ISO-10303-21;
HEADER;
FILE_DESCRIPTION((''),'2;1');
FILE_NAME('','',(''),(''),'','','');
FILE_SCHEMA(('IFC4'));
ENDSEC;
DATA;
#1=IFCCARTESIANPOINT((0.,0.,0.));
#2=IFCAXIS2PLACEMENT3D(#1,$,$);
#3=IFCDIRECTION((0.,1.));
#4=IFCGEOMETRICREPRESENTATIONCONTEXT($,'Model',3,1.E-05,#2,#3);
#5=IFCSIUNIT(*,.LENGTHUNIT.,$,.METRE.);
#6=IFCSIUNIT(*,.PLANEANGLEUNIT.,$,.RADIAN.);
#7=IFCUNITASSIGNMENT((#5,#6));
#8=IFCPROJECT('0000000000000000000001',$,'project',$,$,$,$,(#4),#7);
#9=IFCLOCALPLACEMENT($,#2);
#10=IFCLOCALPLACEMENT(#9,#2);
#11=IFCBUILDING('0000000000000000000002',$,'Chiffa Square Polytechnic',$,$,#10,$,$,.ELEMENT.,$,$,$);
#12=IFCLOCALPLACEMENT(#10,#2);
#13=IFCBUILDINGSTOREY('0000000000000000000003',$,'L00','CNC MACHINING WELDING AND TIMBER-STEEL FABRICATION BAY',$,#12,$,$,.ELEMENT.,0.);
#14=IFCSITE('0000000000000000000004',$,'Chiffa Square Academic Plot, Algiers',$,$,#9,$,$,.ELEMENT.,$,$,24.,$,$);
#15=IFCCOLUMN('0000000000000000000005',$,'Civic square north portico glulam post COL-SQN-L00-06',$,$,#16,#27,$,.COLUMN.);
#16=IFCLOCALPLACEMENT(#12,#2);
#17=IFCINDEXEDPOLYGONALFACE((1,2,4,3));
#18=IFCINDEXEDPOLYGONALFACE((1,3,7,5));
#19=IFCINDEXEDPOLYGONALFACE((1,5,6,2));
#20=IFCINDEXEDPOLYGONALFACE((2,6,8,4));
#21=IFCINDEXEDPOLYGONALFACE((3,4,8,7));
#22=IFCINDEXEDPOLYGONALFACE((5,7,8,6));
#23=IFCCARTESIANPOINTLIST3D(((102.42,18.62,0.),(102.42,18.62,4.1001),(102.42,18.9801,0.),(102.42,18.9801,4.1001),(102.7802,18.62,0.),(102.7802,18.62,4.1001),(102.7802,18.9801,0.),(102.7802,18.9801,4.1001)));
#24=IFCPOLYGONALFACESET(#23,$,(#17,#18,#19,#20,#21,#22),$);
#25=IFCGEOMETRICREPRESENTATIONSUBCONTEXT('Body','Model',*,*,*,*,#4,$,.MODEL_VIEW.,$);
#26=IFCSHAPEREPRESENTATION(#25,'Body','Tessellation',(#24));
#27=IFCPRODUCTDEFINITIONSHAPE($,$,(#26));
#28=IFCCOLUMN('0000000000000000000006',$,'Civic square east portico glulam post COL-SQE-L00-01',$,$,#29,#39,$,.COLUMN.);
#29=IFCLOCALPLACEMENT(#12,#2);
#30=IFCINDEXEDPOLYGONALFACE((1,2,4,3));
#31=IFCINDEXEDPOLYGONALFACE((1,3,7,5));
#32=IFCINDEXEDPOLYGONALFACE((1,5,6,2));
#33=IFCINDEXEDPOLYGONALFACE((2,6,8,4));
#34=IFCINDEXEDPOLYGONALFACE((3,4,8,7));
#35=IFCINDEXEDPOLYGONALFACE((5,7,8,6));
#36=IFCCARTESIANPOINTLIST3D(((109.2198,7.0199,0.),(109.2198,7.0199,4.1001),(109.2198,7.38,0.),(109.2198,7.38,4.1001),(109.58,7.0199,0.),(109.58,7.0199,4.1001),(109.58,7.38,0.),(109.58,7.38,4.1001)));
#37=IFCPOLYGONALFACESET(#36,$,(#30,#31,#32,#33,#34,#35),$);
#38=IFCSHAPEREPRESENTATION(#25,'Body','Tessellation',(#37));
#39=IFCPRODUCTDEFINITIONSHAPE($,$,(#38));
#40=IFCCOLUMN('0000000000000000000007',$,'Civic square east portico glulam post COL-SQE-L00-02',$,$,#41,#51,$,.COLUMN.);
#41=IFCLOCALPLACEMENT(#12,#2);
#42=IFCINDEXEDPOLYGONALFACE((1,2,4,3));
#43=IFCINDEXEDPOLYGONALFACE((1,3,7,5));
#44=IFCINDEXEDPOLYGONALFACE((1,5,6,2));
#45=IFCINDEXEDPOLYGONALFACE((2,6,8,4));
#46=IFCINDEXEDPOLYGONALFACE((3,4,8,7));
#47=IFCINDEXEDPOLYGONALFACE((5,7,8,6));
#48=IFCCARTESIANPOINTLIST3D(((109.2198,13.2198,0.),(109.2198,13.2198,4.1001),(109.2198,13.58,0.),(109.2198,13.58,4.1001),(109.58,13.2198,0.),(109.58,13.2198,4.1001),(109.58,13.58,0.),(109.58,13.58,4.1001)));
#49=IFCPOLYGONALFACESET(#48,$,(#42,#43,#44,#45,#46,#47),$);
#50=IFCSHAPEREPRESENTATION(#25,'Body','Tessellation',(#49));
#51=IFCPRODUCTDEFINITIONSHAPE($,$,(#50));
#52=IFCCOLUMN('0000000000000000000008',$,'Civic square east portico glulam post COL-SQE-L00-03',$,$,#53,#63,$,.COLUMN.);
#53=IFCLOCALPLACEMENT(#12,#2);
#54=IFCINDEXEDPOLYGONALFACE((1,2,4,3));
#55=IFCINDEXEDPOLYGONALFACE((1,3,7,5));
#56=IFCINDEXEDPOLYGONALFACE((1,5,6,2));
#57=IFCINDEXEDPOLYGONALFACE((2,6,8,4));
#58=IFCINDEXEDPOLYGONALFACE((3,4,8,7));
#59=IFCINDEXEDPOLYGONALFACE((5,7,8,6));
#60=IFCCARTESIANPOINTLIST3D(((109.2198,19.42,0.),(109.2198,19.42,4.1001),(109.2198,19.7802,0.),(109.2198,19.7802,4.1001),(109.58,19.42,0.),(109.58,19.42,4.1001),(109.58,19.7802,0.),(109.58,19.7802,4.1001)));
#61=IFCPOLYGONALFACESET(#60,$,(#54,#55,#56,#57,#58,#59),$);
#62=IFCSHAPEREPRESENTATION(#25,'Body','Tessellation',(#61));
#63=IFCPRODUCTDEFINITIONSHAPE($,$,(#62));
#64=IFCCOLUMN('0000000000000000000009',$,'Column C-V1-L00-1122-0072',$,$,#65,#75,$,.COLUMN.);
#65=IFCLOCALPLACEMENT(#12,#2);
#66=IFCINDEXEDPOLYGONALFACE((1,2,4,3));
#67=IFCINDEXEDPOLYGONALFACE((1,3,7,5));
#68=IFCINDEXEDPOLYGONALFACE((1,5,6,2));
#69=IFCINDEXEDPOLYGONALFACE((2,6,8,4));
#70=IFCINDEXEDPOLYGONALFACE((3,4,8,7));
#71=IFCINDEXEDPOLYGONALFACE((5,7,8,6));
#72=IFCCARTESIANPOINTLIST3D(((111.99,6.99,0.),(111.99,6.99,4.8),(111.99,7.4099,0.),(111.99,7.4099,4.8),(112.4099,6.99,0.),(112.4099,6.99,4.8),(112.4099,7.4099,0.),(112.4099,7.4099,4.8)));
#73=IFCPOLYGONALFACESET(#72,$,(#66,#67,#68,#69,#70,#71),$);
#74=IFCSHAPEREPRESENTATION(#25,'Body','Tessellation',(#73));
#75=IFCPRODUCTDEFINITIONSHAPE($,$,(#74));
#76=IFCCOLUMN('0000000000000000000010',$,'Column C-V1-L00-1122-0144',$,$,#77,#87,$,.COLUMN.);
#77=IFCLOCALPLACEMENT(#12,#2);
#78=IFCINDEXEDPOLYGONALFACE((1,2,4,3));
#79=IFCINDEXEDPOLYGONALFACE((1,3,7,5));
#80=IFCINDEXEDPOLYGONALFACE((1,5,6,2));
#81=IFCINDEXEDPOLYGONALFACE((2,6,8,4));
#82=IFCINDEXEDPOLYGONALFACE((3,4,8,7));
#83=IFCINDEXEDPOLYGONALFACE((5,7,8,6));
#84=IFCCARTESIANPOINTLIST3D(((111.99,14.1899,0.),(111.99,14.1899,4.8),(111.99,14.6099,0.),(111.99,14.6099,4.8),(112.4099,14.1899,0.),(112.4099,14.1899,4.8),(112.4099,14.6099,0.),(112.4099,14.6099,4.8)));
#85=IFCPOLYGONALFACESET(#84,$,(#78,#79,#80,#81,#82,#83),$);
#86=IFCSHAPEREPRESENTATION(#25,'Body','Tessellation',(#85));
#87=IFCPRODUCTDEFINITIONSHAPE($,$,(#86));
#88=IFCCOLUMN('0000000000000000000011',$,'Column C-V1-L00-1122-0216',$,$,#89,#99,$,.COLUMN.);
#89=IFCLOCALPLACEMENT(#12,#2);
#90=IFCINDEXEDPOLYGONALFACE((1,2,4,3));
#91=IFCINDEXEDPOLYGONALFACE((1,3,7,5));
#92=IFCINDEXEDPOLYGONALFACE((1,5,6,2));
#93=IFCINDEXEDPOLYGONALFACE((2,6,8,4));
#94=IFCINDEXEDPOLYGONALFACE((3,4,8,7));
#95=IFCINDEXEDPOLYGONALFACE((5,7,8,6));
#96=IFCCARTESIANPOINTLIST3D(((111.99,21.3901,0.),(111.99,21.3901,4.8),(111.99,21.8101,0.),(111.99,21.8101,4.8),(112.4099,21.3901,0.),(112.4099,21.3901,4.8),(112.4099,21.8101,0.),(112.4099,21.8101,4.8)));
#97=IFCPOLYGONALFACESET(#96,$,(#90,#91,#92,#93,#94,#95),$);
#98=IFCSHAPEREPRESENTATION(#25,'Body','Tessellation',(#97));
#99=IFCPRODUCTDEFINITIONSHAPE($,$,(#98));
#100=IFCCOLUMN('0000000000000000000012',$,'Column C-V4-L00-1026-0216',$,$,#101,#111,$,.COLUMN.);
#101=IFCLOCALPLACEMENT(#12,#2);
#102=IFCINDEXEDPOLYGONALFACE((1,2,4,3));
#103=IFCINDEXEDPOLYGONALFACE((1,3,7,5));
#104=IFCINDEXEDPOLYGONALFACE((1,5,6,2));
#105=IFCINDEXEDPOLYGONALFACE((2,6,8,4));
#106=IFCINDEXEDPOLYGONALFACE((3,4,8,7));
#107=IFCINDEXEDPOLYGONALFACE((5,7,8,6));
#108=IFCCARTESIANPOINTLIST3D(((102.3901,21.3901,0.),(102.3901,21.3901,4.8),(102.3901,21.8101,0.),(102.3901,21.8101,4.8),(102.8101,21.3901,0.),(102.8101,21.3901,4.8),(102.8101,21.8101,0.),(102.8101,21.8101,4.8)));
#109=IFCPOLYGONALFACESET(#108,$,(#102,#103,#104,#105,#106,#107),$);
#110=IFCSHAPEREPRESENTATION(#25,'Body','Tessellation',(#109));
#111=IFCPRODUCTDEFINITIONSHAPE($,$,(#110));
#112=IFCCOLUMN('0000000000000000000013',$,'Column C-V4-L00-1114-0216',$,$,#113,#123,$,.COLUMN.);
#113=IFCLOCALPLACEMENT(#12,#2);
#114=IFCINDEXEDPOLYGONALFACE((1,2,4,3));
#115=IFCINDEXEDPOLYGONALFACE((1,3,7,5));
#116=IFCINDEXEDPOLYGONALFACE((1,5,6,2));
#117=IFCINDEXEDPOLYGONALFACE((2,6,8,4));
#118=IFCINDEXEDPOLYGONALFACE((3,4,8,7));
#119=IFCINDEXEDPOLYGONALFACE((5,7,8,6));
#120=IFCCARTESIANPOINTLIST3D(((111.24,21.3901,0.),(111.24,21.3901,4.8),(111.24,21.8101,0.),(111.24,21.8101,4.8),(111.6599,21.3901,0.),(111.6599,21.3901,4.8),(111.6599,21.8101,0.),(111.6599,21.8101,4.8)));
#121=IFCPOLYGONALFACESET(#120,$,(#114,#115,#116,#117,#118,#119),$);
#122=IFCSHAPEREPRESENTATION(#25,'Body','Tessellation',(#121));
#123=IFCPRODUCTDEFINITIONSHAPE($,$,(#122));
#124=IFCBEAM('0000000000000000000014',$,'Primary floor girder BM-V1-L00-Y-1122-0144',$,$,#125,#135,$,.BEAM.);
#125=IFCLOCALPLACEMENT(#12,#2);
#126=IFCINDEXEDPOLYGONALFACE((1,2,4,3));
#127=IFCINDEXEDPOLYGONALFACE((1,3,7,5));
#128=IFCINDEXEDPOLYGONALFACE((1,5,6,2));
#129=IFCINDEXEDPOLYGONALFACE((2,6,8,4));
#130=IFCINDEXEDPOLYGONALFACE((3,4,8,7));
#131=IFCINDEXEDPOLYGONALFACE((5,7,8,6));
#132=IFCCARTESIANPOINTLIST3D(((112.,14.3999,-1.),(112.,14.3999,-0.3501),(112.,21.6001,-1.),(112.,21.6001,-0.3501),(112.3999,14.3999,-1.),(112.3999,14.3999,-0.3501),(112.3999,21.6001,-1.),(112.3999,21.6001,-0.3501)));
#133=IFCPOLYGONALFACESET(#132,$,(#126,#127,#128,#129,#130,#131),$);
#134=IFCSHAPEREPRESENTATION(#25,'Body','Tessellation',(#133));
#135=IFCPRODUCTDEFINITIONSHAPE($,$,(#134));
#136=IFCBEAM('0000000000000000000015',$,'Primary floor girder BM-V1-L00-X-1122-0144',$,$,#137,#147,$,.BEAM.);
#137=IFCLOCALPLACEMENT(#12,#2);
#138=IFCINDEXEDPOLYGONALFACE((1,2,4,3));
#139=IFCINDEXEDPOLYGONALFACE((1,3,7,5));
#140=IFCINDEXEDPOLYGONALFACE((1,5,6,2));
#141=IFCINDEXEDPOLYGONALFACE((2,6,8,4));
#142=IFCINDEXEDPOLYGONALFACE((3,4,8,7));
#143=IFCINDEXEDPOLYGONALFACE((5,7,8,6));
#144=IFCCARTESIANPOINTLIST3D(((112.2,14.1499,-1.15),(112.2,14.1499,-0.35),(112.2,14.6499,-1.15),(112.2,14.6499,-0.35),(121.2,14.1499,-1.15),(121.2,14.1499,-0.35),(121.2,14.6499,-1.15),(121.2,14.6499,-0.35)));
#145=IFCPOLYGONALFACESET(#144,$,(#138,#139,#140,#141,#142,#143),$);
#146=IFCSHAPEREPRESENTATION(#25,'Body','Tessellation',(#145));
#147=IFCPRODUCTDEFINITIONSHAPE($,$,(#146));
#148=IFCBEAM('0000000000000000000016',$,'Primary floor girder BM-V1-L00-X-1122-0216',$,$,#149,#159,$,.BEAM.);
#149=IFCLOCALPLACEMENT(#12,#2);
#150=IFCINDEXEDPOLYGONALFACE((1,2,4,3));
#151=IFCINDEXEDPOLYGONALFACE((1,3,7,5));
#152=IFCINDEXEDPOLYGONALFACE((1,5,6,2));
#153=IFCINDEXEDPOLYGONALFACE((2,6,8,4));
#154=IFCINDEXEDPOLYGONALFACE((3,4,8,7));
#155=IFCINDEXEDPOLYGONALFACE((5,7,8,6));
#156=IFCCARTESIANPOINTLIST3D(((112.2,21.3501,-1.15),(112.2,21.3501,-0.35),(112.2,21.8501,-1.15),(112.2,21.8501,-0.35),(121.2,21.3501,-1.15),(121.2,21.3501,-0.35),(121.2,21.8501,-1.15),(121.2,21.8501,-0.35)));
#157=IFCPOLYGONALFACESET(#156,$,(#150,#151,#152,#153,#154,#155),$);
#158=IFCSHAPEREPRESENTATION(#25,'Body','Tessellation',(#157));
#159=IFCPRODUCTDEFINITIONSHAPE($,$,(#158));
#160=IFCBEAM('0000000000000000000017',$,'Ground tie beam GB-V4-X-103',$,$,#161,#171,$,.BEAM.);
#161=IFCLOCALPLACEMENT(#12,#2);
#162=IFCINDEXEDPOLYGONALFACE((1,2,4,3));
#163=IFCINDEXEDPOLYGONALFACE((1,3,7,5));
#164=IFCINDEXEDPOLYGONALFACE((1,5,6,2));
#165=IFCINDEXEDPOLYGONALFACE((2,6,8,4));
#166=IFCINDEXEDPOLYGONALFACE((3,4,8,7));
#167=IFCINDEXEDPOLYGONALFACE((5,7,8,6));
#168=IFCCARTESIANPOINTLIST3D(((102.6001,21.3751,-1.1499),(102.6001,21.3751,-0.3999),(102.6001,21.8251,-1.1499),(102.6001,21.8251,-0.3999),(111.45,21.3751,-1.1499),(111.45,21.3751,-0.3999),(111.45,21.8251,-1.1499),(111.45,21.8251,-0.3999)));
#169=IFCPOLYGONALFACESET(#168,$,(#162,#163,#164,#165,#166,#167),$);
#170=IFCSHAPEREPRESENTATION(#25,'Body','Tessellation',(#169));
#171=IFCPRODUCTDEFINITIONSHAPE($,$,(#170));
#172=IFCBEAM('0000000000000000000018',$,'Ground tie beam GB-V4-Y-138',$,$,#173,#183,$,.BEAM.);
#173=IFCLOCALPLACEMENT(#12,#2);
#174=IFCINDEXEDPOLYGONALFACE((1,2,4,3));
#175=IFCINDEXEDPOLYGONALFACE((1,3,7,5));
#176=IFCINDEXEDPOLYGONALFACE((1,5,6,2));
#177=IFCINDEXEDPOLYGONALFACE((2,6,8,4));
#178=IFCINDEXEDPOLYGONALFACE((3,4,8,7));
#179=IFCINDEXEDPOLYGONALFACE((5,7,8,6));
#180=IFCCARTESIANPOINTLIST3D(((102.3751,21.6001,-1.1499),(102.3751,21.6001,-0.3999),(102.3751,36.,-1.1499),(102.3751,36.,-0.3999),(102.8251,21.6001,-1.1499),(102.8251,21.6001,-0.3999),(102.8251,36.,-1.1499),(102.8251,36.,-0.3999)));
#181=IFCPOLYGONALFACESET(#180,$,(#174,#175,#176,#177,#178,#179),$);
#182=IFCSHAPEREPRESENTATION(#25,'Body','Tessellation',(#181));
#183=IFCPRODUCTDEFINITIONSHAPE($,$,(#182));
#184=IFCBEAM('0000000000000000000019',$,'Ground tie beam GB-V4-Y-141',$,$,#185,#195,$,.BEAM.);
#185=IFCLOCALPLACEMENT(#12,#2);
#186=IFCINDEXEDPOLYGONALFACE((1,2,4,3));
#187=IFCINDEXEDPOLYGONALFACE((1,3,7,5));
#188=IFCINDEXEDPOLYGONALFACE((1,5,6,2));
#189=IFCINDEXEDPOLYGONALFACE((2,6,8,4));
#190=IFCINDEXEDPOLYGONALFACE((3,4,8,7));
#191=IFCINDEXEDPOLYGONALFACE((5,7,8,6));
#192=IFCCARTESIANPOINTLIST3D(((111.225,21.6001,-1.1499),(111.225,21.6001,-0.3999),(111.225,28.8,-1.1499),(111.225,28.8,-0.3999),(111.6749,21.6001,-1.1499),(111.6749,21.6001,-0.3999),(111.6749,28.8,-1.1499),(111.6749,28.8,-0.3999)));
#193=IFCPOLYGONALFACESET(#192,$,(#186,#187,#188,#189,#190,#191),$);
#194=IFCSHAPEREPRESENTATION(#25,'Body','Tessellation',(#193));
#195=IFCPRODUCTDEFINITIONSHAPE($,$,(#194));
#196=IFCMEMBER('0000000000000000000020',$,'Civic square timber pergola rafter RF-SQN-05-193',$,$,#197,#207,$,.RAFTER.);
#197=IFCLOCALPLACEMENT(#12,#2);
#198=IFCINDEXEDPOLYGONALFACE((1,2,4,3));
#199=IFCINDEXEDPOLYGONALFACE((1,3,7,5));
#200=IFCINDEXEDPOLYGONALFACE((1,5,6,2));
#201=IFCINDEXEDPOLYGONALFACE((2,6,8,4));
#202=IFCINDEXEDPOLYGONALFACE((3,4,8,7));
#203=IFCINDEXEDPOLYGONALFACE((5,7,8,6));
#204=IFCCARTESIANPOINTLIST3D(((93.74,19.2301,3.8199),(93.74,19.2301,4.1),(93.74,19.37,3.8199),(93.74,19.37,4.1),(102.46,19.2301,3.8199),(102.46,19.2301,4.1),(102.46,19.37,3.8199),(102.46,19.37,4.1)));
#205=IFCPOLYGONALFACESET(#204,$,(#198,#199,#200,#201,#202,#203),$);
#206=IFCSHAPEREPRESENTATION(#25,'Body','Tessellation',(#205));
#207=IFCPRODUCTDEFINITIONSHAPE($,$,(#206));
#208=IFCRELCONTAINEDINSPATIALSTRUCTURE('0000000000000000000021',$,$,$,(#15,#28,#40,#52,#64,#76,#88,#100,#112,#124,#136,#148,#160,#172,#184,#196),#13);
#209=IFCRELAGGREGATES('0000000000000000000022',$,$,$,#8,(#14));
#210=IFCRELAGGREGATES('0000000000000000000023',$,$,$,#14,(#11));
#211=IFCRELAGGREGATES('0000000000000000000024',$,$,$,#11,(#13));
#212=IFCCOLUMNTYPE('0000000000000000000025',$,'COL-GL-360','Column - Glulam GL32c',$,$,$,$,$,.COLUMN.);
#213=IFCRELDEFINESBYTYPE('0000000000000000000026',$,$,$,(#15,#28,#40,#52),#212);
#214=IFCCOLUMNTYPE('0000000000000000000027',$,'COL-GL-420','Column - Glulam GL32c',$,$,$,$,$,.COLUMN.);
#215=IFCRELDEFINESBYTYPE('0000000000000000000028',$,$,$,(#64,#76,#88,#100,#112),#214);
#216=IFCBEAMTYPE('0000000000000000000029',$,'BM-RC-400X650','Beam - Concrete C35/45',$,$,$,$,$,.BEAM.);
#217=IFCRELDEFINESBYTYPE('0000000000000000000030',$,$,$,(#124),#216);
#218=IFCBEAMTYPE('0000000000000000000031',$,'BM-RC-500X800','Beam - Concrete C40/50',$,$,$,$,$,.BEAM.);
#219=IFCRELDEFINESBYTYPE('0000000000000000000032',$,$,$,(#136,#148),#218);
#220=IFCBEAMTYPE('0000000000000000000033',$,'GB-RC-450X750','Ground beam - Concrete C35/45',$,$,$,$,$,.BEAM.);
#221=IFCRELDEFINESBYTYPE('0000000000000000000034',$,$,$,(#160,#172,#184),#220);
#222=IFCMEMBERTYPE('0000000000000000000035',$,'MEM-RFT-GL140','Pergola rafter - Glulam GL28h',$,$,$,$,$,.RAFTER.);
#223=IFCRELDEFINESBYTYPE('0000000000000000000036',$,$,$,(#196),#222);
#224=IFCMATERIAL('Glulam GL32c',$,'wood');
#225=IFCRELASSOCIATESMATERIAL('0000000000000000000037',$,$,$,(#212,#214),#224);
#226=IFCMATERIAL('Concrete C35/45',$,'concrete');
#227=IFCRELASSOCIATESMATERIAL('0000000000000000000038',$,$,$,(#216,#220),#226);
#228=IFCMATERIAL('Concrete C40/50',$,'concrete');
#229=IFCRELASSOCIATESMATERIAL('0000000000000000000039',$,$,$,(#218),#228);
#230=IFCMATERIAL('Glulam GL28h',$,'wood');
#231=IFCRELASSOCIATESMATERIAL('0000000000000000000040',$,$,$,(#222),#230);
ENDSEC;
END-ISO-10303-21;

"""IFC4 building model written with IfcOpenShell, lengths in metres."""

from ifc_helpers import new_model, si_unit, direction, frame, origin, origin_2d, place, context, subcontext, project, spatial, rectangle, extrude, material, material_profile, profile_set, type_object, element, save


model = new_model("IFC4")

# Units and contexts
model_context = context("Model", 3, precision=1e-05, world=origin(), true_north=direction((0.0, 1.0)))
body_context = subcontext(model_context, "Body", "Model", "MODEL_VIEW")
ifc_project = project(units=[si_unit("LENGTHUNIT", "METRE"), si_unit("PLANEANGLEUNIT", "RADIAN")], contexts=[model_context])

# Site, building, storey
site_placement = place(None, origin())
site = spatial("IfcSite", under=ifc_project, at=site_placement, Name="Chiffa Square Academic Plot, Algiers", CompositionType="ELEMENT", RefElevation=24.0)
building_placement = place(site_placement, origin())
building = spatial("IfcBuilding", under=site, at=building_placement, Name="Chiffa Square Polytechnic", CompositionType="ELEMENT")
storey_placement = place(building_placement, origin())
storey = spatial("IfcBuildingStorey", under=building, at=storey_placement, Name="L00", Description="CNC MACHINING WELDING AND TIMBER-STEEL FABRICATION BAY", CompositionType="ELEMENT", Elevation=0.0)

# Columns
ifc_material_1 = material(Name="Glulam GL32c", Category="wood")
ifc_material_profile_1 = material_profile(ifc_material_1, rectangle(XDim=0.3601, YDim=0.3601, at=origin_2d()), Name="GL32c 360x360")
ifc_profile_set_1 = profile_set([ifc_material_profile_1], Name="Glulam GL32c")
column_type_1 = type_object("IfcColumnType", Name="COL-GL-360", Description="Column - Glulam GL32c", PredefinedType="COLUMN", material=ifc_profile_set_1)
for number, where, z_axis, x_axis, name in (
    (1, (102.6001, 18.8, 0.0), (0.0, 0.0, 1.0), (1.0, 0.0, 0.0), "Civic square north portico glulam post COL-SQN-L00-06"),
    (2, (109.3999, 7.2, 0.0), (0.0, 0.0, 1.0), (1.0, 0.0, 0.0), "Civic square east portico glulam post COL-SQE-L00-01"),
    (3, (109.3999, 13.3999, 0.0), (0.0, 0.0, 1.0), (1.0, 0.0, 0.0), "Civic square east portico glulam post COL-SQE-L00-02"),
    (4, (109.3999, 19.6001, 0.0), (0.0, 0.0, 1.0), (1.0, 0.0, 0.0), "Civic square east portico glulam post COL-SQE-L00-03"),
):
    element("IfcColumn", number, at=place(storey_placement, frame(where, z_axis=z_axis, x_axis=x_axis)), inside=storey, type_object=column_type_1, Name=name, PredefinedType="COLUMN", context=body_context, shape_type="SweptSolid", body=[
        extrude(rectangle(XDim=0.3601, YDim=0.3601, at=origin_2d()), origin(), (0.0, 0.0, 1.0), 4.1001),
    ])
ifc_material_profile_2 = material_profile(ifc_material_1, rectangle(XDim=0.4199, YDim=0.4199, at=origin_2d()), Name="GL32c 420x420")
ifc_profile_set_2 = profile_set([ifc_material_profile_2], Name="Glulam GL32c")
column_type_2 = type_object("IfcColumnType", Name="COL-GL-420", Description="Column - Glulam GL32c", PredefinedType="COLUMN", material=ifc_profile_set_2)
for number, where, z_axis, x_axis, name in (
    (5, (112.2, 7.2, 0.0), (0.0, 0.0, 1.0), (1.0, 0.0, 0.0), "Column C-V1-L00-1122-0072"),
    (6, (112.2, 14.3999, 0.0), (0.0, 0.0, 1.0), (1.0, 0.0, 0.0), "Column C-V1-L00-1122-0144"),
    (7, (112.2, 21.6001, 0.0), (0.0, 0.0, 1.0), (1.0, 0.0, 0.0), "Column C-V1-L00-1122-0216"),
    (8, (102.6001, 21.6001, 0.0), (0.0, 0.0, 1.0), (1.0, 0.0, 0.0), "Column C-V4-L00-1026-0216"),
    (9, (111.45, 21.6001, 0.0), (0.0, 0.0, 1.0), (1.0, 0.0, 0.0), "Column C-V4-L00-1114-0216"),
):
    element("IfcColumn", number, at=place(storey_placement, frame(where, z_axis=z_axis, x_axis=x_axis)), inside=storey, type_object=column_type_2, Name=name, PredefinedType="COLUMN", context=body_context, shape_type="SweptSolid", body=[
        extrude(rectangle(XDim=0.4199, YDim=0.4199, at=origin_2d()), origin(), (0.0, 0.0, 1.0), 4.8),
    ])

# Beams
ifc_material_2 = material(Name="Concrete C35/45", Category="concrete")
ifc_material_profile_3 = material_profile(ifc_material_2, rectangle(XDim=0.3999, YDim=0.6499, at=origin_2d()), Name="RC 400x650")
ifc_profile_set_3 = profile_set([ifc_material_profile_3], Name="Concrete C35/45")
beam_type_1 = type_object("IfcBeamType", Name="BM-RC-400X650", Description="Beam - Concrete C35/45", PredefinedType="BEAM", material=ifc_profile_set_3)
beam_1_placement = place(storey_placement, frame((112.2, 14.3999, -0.675), z_axis=(0.0, 1.0, 0.0), x_axis=(-1.0, 0.0, 0.0)))
element("IfcBeam", 10, at=beam_1_placement, inside=storey, type_object=beam_type_1, Name="Primary floor girder BM-V1-L00-Y-1122-0144", PredefinedType="BEAM", context=body_context, shape_type="SweptSolid", body=[
    extrude(rectangle(XDim=0.3999, YDim=0.6499, at=origin_2d()), origin(), (0.0, 0.0, 1.0), 7.2002),
])
ifc_material_3 = material(Name="Concrete C40/50", Category="concrete")
ifc_material_profile_4 = material_profile(ifc_material_3, rectangle(XDim=0.5, YDim=0.8, at=origin_2d()), Name="RC 500x800")
ifc_profile_set_4 = profile_set([ifc_material_profile_4], Name="Concrete C40/50")
beam_type_2 = type_object("IfcBeamType", Name="BM-RC-500X800", Description="Beam - Concrete C40/50", PredefinedType="BEAM", material=ifc_profile_set_4)
for number, where, z_axis, x_axis, name in (
    (11, (112.2, 14.3999, -0.75), (1.0, 0.0, 0.0), (0.0, 1.0, 0.0), "Primary floor girder BM-V1-L00-X-1122-0144"),
    (12, (112.2, 21.6001, -0.75), (1.0, 0.0, 0.0), (0.0, 1.0, 0.0), "Primary floor girder BM-V1-L00-X-1122-0216"),
):
    element("IfcBeam", number, at=place(storey_placement, frame(where, z_axis=z_axis, x_axis=x_axis)), inside=storey, type_object=beam_type_2, Name=name, PredefinedType="BEAM", context=body_context, shape_type="SweptSolid", body=[
        extrude(rectangle(XDim=0.5, YDim=0.8, at=origin_2d()), origin(), (0.0, 0.0, 1.0), 9.0),
    ])
ifc_material_profile_5 = material_profile(ifc_material_2, rectangle(XDim=0.45, YDim=0.75, at=origin_2d()), Name="RC 450x750")
ifc_profile_set_5 = profile_set([ifc_material_profile_5], Name="Concrete C35/45")
beam_type_3 = type_object("IfcBeamType", Name="GB-RC-450X750", Description="Ground beam - Concrete C35/45", PredefinedType="BEAM", material=ifc_profile_set_5)
beam_2_placement = place(storey_placement, frame((102.6001, 21.6001, -0.7749), z_axis=(1.0, 0.0, 0.0), x_axis=(0.0, 1.0, 0.0)))
element("IfcBeam", 13, at=beam_2_placement, inside=storey, type_object=beam_type_3, Name="Ground tie beam GB-V4-X-103", PredefinedType="BEAM", context=body_context, shape_type="SweptSolid", body=[
    extrude(rectangle(XDim=0.45, YDim=0.75, at=origin_2d()), origin(), (0.0, 0.0, 1.0), 8.8499),
])
beam_3_placement = place(storey_placement, frame((102.6001, 21.6001, -0.7749), z_axis=(0.0, 1.0, 0.0), x_axis=(-1.0, 0.0, 0.0)))
element("IfcBeam", 14, at=beam_3_placement, inside=storey, type_object=beam_type_3, Name="Ground tie beam GB-V4-Y-138", PredefinedType="BEAM", context=body_context, shape_type="SweptSolid", body=[
    extrude(rectangle(XDim=0.45, YDim=0.75, at=origin_2d()), origin(), (0.0, 0.0, 1.0), 14.3999),
])
beam_4_placement = place(storey_placement, frame((111.45, 21.6001, -0.7749), z_axis=(0.0, 1.0, 0.0), x_axis=(-1.0, 0.0, 0.0)))
element("IfcBeam", 15, at=beam_4_placement, inside=storey, type_object=beam_type_3, Name="Ground tie beam GB-V4-Y-141", PredefinedType="BEAM", context=body_context, shape_type="SweptSolid", body=[
    extrude(rectangle(XDim=0.45, YDim=0.75, at=origin_2d()), origin(), (0.0, 0.0, 1.0), 7.2),
])

# Member
ifc_material_4 = material(Name="Glulam GL28h", Category="wood")
ifc_material_profile_6 = material_profile(ifc_material_4, rectangle(XDim=0.1399, YDim=0.28, at=origin_2d()), Name="GL28h 140x280")
ifc_profile_set_6 = profile_set([ifc_material_profile_6], Name="Glulam GL28h")
member_type = type_object("IfcMemberType", Name="MEM-RFT-GL140", Description="Pergola rafter - Glulam GL28h", PredefinedType="RAFTER", material=ifc_profile_set_6)
for number, where, z_axis, x_axis, name in (
    (16, (93.74, 19.3, 3.96), (1.0, 0.0, 0.0), (0.0, 1.0, 0.0), "Civic square timber pergola rafter RF-SQN-05-193"),
):
    element("IfcMember", number, at=place(storey_placement, frame(where, z_axis=z_axis, x_axis=x_axis)), inside=storey, type_object=member_type, Name=name, PredefinedType="RAFTER", context=body_context, shape_type="SweptSolid", body=[
        extrude(rectangle(XDim=0.1399, YDim=0.28, at=origin_2d()), origin(), (0.0, 0.0, 1.0), 8.72),
    ])

save(model, "model.ifc")
